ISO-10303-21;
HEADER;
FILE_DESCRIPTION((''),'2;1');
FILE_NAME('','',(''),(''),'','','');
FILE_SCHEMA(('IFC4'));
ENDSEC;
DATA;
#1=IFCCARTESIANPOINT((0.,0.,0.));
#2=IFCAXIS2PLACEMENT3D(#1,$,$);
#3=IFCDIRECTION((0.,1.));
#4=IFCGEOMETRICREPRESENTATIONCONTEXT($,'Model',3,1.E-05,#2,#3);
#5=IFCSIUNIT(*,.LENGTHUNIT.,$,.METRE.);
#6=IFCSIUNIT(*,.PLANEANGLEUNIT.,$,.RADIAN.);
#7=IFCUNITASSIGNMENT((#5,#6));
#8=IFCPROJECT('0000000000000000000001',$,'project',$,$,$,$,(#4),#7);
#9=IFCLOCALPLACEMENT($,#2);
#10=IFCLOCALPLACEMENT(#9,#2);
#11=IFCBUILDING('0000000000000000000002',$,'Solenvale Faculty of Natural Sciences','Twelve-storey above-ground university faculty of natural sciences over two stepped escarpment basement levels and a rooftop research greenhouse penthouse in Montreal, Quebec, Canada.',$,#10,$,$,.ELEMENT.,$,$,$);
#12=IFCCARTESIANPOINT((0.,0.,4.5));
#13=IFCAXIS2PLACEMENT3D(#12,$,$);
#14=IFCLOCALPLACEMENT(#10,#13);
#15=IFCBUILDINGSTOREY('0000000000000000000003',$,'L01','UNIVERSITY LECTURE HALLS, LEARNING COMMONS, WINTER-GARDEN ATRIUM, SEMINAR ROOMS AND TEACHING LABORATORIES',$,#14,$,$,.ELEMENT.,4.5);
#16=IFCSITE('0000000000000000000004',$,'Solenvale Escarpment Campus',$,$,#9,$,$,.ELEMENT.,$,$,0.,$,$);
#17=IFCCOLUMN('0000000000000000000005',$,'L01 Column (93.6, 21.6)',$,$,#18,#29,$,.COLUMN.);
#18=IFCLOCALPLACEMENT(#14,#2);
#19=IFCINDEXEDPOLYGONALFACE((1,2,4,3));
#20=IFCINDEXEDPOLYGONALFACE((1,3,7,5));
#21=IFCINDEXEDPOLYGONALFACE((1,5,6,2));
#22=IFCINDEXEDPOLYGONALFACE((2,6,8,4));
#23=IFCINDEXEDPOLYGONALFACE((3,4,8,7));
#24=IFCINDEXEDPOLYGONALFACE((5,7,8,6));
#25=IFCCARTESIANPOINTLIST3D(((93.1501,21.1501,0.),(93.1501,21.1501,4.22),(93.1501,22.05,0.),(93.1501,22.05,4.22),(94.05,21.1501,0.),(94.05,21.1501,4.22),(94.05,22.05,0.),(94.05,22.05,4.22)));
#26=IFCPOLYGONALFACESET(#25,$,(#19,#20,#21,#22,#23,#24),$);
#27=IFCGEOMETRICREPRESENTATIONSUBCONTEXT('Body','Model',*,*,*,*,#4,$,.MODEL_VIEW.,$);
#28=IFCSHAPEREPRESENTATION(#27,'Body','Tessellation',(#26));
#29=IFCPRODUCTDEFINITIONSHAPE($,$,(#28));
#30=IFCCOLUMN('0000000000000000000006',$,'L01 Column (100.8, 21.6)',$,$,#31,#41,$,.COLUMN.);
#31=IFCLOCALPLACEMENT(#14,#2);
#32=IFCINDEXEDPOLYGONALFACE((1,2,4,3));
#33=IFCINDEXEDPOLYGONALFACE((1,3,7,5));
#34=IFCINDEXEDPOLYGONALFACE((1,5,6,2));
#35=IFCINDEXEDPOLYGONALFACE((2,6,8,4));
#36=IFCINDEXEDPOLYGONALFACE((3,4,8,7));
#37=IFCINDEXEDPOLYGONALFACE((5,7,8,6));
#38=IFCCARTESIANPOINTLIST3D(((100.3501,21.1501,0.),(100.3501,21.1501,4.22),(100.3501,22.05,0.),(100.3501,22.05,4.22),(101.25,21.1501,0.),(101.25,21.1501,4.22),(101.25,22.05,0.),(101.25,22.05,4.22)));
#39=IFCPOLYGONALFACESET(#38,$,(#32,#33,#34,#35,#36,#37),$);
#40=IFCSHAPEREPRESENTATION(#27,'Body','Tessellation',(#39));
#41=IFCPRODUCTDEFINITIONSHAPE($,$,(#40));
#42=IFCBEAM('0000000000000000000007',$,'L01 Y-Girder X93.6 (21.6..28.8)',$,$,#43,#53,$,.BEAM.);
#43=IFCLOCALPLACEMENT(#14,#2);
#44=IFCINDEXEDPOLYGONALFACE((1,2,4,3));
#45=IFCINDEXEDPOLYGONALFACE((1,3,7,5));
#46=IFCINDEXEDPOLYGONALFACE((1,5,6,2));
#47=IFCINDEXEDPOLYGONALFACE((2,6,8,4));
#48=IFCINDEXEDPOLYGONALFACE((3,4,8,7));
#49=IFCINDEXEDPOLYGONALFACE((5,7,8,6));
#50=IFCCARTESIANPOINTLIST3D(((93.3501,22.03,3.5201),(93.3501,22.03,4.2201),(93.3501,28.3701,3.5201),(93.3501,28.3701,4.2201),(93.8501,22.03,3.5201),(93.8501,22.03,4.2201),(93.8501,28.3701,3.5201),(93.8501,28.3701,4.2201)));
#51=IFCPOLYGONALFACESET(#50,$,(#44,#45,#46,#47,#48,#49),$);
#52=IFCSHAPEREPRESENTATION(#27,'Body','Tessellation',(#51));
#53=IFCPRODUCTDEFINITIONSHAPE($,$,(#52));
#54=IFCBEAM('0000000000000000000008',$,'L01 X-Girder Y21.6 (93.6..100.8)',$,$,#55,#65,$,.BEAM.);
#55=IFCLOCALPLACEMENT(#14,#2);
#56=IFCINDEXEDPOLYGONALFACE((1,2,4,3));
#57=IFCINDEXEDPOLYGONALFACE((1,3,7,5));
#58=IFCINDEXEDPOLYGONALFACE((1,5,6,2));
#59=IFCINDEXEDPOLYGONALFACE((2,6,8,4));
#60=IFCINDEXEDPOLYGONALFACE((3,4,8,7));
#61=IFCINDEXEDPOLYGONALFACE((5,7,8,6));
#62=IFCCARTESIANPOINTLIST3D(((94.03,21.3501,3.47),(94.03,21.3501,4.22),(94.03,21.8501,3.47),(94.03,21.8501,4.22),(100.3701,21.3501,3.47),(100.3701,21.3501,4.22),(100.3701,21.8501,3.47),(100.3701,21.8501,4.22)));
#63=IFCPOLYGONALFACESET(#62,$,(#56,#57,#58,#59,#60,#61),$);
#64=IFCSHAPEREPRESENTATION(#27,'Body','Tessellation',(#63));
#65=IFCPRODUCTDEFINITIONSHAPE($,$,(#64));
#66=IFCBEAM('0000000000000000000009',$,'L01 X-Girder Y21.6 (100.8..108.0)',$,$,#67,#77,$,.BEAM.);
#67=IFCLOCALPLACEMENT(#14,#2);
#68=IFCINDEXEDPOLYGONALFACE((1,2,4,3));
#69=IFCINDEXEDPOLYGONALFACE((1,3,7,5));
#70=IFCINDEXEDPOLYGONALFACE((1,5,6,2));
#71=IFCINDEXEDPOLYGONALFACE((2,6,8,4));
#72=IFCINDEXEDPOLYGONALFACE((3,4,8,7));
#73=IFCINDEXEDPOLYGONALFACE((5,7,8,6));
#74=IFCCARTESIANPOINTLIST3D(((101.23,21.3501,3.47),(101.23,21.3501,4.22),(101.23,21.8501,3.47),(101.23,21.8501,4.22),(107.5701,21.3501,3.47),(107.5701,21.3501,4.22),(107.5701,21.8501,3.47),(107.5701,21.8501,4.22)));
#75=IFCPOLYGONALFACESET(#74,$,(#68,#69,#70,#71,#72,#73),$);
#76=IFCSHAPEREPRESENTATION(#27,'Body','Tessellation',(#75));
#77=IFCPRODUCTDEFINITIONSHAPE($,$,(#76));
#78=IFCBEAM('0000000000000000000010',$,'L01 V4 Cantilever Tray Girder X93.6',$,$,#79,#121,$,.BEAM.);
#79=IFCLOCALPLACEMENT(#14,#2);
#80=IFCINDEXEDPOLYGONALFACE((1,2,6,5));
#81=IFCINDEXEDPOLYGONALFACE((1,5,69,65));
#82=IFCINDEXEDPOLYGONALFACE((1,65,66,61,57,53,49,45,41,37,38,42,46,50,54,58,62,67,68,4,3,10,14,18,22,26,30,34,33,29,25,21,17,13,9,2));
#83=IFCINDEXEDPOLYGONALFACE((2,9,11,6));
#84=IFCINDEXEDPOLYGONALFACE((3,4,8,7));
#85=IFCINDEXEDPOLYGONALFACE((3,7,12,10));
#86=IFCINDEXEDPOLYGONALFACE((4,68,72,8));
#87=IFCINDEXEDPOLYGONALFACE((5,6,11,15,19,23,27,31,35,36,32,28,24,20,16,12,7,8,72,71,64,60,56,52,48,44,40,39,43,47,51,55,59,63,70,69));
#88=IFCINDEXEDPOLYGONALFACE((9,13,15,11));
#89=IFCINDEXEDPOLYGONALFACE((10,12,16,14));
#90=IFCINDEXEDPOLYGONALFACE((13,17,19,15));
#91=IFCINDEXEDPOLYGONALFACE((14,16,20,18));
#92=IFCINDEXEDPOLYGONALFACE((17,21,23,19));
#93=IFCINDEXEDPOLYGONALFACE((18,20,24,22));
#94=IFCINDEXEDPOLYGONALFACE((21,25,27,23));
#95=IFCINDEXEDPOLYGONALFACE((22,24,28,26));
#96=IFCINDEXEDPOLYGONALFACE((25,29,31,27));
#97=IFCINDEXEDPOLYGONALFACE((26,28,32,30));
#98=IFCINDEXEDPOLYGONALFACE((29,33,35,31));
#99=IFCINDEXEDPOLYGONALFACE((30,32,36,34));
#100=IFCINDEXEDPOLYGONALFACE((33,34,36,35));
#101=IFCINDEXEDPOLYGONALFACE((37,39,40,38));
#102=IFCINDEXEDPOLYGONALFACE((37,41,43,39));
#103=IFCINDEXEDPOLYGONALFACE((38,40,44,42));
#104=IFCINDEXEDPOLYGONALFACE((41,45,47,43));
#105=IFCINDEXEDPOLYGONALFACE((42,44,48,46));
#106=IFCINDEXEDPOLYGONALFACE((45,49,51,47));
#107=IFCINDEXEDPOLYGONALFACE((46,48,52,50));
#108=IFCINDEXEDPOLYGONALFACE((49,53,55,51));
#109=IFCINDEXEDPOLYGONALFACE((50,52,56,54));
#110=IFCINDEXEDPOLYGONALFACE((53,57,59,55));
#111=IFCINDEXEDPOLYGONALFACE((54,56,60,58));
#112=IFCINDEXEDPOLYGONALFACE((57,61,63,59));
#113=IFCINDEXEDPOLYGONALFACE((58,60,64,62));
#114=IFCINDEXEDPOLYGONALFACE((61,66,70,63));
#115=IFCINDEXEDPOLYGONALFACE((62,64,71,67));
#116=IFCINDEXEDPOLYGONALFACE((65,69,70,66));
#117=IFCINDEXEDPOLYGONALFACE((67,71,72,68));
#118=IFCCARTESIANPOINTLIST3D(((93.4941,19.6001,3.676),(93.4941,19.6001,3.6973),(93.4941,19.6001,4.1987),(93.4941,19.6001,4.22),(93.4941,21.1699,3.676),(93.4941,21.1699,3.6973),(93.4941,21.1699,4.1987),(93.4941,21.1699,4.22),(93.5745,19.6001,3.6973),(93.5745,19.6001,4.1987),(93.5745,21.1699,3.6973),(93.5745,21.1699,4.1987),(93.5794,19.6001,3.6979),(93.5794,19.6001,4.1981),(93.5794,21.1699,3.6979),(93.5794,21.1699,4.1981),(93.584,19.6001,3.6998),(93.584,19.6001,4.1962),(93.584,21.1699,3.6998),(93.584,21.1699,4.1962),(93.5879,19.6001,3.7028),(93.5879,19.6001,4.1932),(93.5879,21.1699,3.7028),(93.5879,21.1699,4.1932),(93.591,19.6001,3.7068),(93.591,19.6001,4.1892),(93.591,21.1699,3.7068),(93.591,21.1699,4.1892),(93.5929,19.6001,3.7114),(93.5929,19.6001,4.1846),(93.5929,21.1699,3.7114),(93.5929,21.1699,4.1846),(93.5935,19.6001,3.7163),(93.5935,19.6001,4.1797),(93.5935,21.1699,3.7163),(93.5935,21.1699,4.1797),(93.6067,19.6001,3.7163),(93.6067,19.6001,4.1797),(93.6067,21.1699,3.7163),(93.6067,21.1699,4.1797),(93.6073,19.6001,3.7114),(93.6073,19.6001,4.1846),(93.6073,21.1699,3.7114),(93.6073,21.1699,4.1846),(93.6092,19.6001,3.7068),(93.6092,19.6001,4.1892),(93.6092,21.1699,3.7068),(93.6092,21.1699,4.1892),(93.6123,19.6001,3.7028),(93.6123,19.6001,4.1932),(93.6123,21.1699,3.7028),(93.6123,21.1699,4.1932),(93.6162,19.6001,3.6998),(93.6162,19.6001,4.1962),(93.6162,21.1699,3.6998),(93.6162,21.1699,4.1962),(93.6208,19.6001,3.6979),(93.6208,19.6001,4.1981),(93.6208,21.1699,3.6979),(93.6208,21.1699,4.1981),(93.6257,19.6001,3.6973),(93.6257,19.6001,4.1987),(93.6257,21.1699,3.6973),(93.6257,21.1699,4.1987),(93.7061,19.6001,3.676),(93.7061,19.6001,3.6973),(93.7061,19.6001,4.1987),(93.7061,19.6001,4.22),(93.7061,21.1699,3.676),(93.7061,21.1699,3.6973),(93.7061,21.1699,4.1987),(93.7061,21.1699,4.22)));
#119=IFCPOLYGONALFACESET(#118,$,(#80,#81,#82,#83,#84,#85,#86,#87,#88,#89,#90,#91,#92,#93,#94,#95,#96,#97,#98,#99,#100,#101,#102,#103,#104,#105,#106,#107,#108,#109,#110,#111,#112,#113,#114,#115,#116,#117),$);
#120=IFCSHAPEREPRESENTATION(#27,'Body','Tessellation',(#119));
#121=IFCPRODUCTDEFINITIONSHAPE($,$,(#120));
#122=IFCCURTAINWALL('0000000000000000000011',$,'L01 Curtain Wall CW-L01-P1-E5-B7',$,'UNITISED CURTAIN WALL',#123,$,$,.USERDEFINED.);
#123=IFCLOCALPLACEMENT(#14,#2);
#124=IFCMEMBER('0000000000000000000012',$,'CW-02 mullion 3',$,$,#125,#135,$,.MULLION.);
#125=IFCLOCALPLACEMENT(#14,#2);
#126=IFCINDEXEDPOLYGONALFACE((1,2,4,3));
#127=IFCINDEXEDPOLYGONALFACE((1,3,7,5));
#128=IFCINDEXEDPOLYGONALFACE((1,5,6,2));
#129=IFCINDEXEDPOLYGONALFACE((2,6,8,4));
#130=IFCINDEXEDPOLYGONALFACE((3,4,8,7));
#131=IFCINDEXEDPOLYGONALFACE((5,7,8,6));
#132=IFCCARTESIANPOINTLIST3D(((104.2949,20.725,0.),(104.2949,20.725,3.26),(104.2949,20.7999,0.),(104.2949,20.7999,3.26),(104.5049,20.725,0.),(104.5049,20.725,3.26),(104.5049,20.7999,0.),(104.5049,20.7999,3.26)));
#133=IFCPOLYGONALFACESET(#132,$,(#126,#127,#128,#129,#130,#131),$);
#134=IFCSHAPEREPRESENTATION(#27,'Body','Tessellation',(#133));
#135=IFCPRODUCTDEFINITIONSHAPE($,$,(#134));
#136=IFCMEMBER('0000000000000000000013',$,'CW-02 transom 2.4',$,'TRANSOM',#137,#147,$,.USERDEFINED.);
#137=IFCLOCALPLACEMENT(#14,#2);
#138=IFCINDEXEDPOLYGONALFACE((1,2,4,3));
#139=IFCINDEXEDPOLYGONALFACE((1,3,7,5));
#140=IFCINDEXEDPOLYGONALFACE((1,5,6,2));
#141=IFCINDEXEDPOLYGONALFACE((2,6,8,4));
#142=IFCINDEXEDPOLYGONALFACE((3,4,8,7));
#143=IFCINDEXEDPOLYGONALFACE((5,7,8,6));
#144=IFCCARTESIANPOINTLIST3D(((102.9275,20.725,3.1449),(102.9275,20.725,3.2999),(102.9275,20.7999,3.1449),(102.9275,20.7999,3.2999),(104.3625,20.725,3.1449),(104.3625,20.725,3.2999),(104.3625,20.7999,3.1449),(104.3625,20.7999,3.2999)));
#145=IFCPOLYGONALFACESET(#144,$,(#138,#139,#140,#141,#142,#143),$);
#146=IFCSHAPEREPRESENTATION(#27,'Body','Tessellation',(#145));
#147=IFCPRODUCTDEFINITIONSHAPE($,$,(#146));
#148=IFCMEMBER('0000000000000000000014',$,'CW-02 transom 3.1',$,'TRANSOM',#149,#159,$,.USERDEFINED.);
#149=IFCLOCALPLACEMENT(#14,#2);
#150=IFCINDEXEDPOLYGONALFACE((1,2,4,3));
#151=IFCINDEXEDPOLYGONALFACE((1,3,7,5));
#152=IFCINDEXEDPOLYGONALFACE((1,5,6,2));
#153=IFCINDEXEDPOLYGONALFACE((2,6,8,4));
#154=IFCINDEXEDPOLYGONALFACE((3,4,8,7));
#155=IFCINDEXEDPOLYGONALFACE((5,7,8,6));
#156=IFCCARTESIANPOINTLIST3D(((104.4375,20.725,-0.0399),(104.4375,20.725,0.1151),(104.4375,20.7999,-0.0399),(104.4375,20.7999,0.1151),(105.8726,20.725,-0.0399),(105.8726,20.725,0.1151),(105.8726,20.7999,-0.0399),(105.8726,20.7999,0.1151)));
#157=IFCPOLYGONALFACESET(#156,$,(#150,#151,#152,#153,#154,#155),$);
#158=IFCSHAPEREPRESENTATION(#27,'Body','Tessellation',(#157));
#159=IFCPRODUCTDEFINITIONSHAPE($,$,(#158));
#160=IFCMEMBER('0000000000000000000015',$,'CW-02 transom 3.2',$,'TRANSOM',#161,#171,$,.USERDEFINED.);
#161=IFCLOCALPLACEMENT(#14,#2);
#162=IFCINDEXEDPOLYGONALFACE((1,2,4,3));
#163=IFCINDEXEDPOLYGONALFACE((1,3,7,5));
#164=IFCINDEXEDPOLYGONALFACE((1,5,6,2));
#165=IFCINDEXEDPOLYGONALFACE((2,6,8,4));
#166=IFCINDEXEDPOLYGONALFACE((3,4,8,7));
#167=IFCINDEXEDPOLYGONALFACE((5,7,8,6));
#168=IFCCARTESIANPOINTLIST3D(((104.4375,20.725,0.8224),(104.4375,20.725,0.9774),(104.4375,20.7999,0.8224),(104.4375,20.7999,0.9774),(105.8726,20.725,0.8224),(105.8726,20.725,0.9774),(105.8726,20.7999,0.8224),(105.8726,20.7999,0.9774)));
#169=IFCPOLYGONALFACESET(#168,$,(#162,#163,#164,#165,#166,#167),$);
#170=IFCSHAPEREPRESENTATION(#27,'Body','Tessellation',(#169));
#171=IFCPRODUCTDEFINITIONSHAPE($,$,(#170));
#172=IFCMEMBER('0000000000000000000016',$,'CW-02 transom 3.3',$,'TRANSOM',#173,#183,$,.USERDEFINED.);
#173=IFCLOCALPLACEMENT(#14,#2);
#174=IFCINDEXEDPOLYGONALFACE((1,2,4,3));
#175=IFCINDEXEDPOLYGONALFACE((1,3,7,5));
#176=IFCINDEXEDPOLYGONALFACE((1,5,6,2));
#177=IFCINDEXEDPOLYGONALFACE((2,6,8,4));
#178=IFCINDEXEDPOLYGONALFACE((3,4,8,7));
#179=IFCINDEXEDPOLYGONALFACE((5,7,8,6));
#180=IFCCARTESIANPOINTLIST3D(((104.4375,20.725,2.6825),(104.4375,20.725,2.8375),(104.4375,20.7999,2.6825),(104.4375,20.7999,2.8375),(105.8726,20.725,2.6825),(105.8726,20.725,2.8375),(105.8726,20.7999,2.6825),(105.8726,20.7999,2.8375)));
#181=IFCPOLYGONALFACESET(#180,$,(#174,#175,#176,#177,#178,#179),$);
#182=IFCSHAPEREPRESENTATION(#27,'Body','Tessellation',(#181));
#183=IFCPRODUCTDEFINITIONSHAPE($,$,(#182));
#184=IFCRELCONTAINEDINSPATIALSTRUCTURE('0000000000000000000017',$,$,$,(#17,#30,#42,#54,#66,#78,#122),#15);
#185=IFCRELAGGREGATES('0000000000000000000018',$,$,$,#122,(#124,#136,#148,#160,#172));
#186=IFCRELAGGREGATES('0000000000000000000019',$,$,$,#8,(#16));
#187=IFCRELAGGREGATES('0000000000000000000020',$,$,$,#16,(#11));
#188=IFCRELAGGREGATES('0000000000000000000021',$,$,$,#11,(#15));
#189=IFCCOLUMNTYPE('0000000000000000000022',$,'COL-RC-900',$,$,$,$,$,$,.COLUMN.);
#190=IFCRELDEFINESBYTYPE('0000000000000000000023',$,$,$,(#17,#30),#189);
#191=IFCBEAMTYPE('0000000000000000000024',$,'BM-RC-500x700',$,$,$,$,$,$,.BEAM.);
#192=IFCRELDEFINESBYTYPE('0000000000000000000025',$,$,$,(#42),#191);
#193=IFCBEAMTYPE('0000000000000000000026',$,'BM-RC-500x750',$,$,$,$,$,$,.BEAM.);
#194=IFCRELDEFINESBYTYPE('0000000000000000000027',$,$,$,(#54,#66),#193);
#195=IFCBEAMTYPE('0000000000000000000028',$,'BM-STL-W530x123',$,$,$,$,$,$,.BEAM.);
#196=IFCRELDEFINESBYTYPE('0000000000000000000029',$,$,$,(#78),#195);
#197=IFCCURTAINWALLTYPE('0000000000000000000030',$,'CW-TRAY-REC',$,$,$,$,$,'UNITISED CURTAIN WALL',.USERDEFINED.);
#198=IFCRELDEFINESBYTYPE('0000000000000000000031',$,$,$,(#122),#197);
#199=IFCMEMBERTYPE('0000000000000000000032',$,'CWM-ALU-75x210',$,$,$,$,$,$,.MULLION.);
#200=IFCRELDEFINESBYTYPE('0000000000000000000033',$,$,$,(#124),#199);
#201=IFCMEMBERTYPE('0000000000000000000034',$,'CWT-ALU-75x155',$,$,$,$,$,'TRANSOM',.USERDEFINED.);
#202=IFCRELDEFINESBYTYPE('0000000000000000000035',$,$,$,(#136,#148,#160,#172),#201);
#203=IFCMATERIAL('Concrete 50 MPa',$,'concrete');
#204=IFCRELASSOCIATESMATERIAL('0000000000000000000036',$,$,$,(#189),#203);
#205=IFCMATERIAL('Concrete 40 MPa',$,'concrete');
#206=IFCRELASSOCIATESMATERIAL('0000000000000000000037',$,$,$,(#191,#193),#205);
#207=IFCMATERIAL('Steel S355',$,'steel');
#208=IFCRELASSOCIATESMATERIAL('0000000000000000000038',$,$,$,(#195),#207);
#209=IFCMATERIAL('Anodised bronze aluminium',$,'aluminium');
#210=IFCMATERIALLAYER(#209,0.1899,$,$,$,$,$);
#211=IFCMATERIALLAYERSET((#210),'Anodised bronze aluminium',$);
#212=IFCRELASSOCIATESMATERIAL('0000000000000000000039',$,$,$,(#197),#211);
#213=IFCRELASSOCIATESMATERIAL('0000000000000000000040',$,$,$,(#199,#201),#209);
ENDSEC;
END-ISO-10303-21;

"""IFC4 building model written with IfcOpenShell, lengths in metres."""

from ifc_helpers import new_model, si_unit, direction, frame, origin, origin_2d, place, context, subcontext, project, spatial, rectangle, i_section, extrude, material, layer, layer_set, material_profile, profile_set, type_object, element, aggregate, save


model = new_model("IFC4")

# Units and contexts
model_context = context("Model", 3, precision=1e-05, world=origin(), true_north=direction((0.0, 1.0)))
body_context = subcontext(model_context, "Body", "Model", "MODEL_VIEW")
ifc_project = project(units=[si_unit("LENGTHUNIT", "METRE"), si_unit("PLANEANGLEUNIT", "RADIAN")], contexts=[model_context])

# Site, building, storey
site_placement = place(None, origin())
site = spatial("IfcSite", under=ifc_project, at=site_placement, Name="Solenvale Escarpment Campus", CompositionType="ELEMENT", RefElevation=0.0)
building_placement = place(site_placement, origin())
building = spatial("IfcBuilding", under=site, at=building_placement, Name="Solenvale Faculty of Natural Sciences", Description="Twelve-storey above-ground university faculty of natural sciences over two stepped escarpment basement levels and a rooftop research greenhouse penthouse in Montreal, Quebec, Canada.", CompositionType="ELEMENT")
storey_placement = place(building_placement, frame((0.0, 0.0, 4.5)))
storey = spatial("IfcBuildingStorey", under=building, at=storey_placement, Name="L01", Description="UNIVERSITY LECTURE HALLS, LEARNING COMMONS, WINTER-GARDEN ATRIUM, SEMINAR ROOMS AND TEACHING LABORATORIES", CompositionType="ELEMENT", Elevation=4.5)

# Columns
ifc_material_1 = material(Name="Concrete 50 MPa", Category="concrete")
ifc_material_profile_1 = material_profile(ifc_material_1, rectangle(XDim=0.8999, YDim=0.8999, at=origin_2d()), Name="RC-COL-900x900")
ifc_profile_set_1 = profile_set([ifc_material_profile_1], Name="Concrete 50 MPa")
column_type = type_object("IfcColumnType", Name="COL-RC-900", PredefinedType="COLUMN", material=ifc_profile_set_1)
for number, where, z_axis, x_axis, name in (
    (1, (93.6001, 21.6001, 0.0), (0.0, 0.0, 1.0), (1.0, 0.0, 0.0), "L01 Column (93.6, 21.6)"),
    (2, (100.8, 21.6001, 0.0), (0.0, 0.0, 1.0), (1.0, 0.0, 0.0), "L01 Column (100.8, 21.6)"),
):
    element("IfcColumn", number, at=place(storey_placement, frame(where, z_axis=z_axis, x_axis=x_axis)), inside=storey, type_object=column_type, Name=name, PredefinedType="COLUMN", context=body_context, shape_type="SweptSolid", body=[
        extrude(rectangle(XDim=0.8999, YDim=0.8999, at=origin_2d()), origin(), (0.0, 0.0, 1.0), 4.22),
    ])

# Beams
ifc_material_2 = material(Name="Concrete 40 MPa", Category="concrete")
ifc_material_profile_2 = material_profile(ifc_material_2, rectangle(XDim=0.5, YDim=0.7, at=origin_2d()), Name="RC-BM-500x700")
ifc_profile_set_2 = profile_set([ifc_material_profile_2], Name="Concrete 40 MPa")
beam_type_1 = type_object("IfcBeamType", Name="BM-RC-500x700", PredefinedType="BEAM", material=ifc_profile_set_2)
beam_1_placement = place(storey_placement, frame((93.6001, 22.03, 3.8701), z_axis=(0.0, 1.0, 0.0), x_axis=(-1.0, 0.0, 0.0)))
element("IfcBeam", 3, at=beam_1_placement, inside=storey, type_object=beam_type_1, Name="L01 Y-Girder X93.6 (21.6..28.8)", PredefinedType="BEAM", context=body_context, shape_type="SweptSolid", body=[
    extrude(rectangle(XDim=0.5, YDim=0.7, at=origin_2d()), origin(), (0.0, 0.0, 1.0), 6.3401),
])
ifc_material_profile_3 = material_profile(ifc_material_2, rectangle(XDim=0.5, YDim=0.75, at=origin_2d()), Name="RC-BM-500x750")
ifc_profile_set_3 = profile_set([ifc_material_profile_3], Name="Concrete 40 MPa")
beam_type_2 = type_object("IfcBeamType", Name="BM-RC-500x750", PredefinedType="BEAM", material=ifc_profile_set_3)
for number, where, z_axis, x_axis, name in (
    (4, (94.03, 21.6001, 3.845), (1.0, 0.0, 0.0), (0.0, 1.0, 0.0), "L01 X-Girder Y21.6 (93.6..100.8)"),
    (5, (101.23, 21.6001, 3.845), (1.0, 0.0, 0.0), (0.0, 1.0, 0.0), "L01 X-Girder Y21.6 (100.8..108.0)"),
):
    element("IfcBeam", number, at=place(storey_placement, frame(where, z_axis=z_axis, x_axis=x_axis)), inside=storey, type_object=beam_type_2, Name=name, PredefinedType="BEAM", context=body_context, shape_type="SweptSolid", body=[
        extrude(rectangle(XDim=0.5, YDim=0.75, at=origin_2d()), origin(), (0.0, 0.0, 1.0), 6.3401),
    ])
ifc_material_3 = material(Name="Steel S355", Category="steel")
ifc_material_profile_4 = material_profile(ifc_material_3, i_section(OverallWidth=0.2119, OverallDepth=0.5439, WebThickness=0.0132, FlangeThickness=0.0212, FilletRadius=0.019, at=origin_2d()), Name="W530x123")
ifc_profile_set_4 = profile_set([ifc_material_profile_4], Name="Steel S355")
beam_type_3 = type_object("IfcBeamType", Name="BM-STL-W530x123", PredefinedType="BEAM", material=ifc_profile_set_4)
beam_2_placement = place(storey_placement, frame((93.6001, 21.1699, 3.948), z_axis=(0.0, -1.0, 0.0), x_axis=(1.0, 0.0, 0.0)))
element("IfcBeam", 6, at=beam_2_placement, inside=storey, type_object=beam_type_3, Name="L01 V4 Cantilever Tray Girder X93.6", PredefinedType="BEAM", context=body_context, shape_type="SweptSolid", body=[
    extrude(i_section(OverallWidth=0.2119, OverallDepth=0.5439, WebThickness=0.0132, FlangeThickness=0.0212, FilletRadius=0.019, at=origin_2d()), origin(), (0.0, 0.0, 1.0), 1.5698),
])

# Curtain wall, members
ifc_material_4 = material(Name="Anodised bronze aluminium", Category="aluminium")
ifc_layer_1 = layer(ifc_material_4, 0.1899)
ifc_layer_set_1 = layer_set([ifc_layer_1], Name="Anodised bronze aluminium")
curtain_wall_type = type_object("IfcCurtainWallType", Name="CW-TRAY-REC", ElementType="UNITISED CURTAIN WALL", PredefinedType="USERDEFINED", material=ifc_layer_set_1)
curtain_wall_placement = place(storey_placement, origin())
curtain_wall = element("IfcCurtainWall", 7, at=curtain_wall_placement, inside=storey, type_object=curtain_wall_type, Name="L01 Curtain Wall CW-L01-P1-E5-B7", ObjectType="UNITISED CURTAIN WALL", PredefinedType="USERDEFINED")
ifc_material_profile_5 = material_profile(ifc_material_4, rectangle(XDim=0.075, YDim=0.21, at=origin_2d()), Name="ALU-MUL-75x210")
ifc_profile_set_5 = profile_set([ifc_material_profile_5], Name="Anodised bronze aluminium")
member_type_1 = type_object("IfcMemberType", Name="CWM-ALU-75x210", PredefinedType="MULLION", material=ifc_profile_set_5)
member_1_placement = place(storey_placement, frame((104.3999, 20.7625, 0.0), z_axis=(0.0, 0.0, 1.0), x_axis=(0.0, 1.0, 0.0)))
member_1 = element("IfcMember", 8, at=member_1_placement, type_object=member_type_1, Name="CW-02 mullion 3", PredefinedType="MULLION", context=body_context, shape_type="SweptSolid", body=[
    extrude(rectangle(XDim=0.075, YDim=0.21, at=origin_2d()), origin(), (0.0, 0.0, 1.0), 3.26),
])
ifc_material_profile_6 = material_profile(ifc_material_4, rectangle(XDim=0.075, YDim=0.155, at=origin_2d()), Name="ALU-TRN-75x155")
ifc_profile_set_6 = profile_set([ifc_material_profile_6], Name="Anodised bronze aluminium")
member_type_2 = type_object("IfcMemberType", Name="CWT-ALU-75x155", ElementType="TRANSOM", PredefinedType="USERDEFINED", material=ifc_profile_set_6)
member_2_placement = place(storey_placement, frame((102.9275, 20.7625, 3.2224), z_axis=(1.0, 0.0, 0.0), x_axis=(0.0, 1.0, 0.0)))
member_2 = element("IfcMember", 9, at=member_2_placement, type_object=member_type_2, Name="CW-02 transom 2.4", ObjectType="TRANSOM", PredefinedType="USERDEFINED", context=body_context, shape_type="SweptSolid", body=[
    extrude(rectangle(XDim=0.075, YDim=0.155, at=origin_2d()), origin(), (0.0, 0.0, 1.0), 1.4351),
])
member_3_placement = place(storey_placement, frame((104.4375, 20.7625, 0.0376), z_axis=(1.0, 0.0, 0.0), x_axis=(0.0, 1.0, 0.0)))
member_3 = element("IfcMember", 10, at=member_3_placement, type_object=member_type_2, Name="CW-02 transom 3.1", ObjectType="TRANSOM", PredefinedType="USERDEFINED", context=body_context, shape_type="SweptSolid", body=[
    extrude(rectangle(XDim=0.075, YDim=0.155, at=origin_2d()), origin(), (0.0, 0.0, 1.0), 1.4351),
])
member_4_placement = place(storey_placement, frame((104.4375, 20.7625, 0.8999), z_axis=(1.0, 0.0, 0.0), x_axis=(0.0, 1.0, 0.0)))
member_4 = element("IfcMember", 11, at=member_4_placement, type_object=member_type_2, Name="CW-02 transom 3.2", ObjectType="TRANSOM", PredefinedType="USERDEFINED", context=body_context, shape_type="SweptSolid", body=[
    extrude(rectangle(XDim=0.075, YDim=0.155, at=origin_2d()), origin(), (0.0, 0.0, 1.0), 1.4351),
])
member_5_placement = place(storey_placement, frame((104.4375, 20.7625, 2.76), z_axis=(1.0, 0.0, 0.0), x_axis=(0.0, 1.0, 0.0)))
member_5 = element("IfcMember", 12, at=member_5_placement, type_object=member_type_2, Name="CW-02 transom 3.3", ObjectType="TRANSOM", PredefinedType="USERDEFINED", context=body_context, shape_type="SweptSolid", body=[
    extrude(rectangle(XDim=0.075, YDim=0.155, at=origin_2d()), origin(), (0.0, 0.0, 1.0), 1.4351),
])
aggregate(curtain_wall, [member_1, member_2, member_3, member_4, member_5])

save(model, "model.ifc")
